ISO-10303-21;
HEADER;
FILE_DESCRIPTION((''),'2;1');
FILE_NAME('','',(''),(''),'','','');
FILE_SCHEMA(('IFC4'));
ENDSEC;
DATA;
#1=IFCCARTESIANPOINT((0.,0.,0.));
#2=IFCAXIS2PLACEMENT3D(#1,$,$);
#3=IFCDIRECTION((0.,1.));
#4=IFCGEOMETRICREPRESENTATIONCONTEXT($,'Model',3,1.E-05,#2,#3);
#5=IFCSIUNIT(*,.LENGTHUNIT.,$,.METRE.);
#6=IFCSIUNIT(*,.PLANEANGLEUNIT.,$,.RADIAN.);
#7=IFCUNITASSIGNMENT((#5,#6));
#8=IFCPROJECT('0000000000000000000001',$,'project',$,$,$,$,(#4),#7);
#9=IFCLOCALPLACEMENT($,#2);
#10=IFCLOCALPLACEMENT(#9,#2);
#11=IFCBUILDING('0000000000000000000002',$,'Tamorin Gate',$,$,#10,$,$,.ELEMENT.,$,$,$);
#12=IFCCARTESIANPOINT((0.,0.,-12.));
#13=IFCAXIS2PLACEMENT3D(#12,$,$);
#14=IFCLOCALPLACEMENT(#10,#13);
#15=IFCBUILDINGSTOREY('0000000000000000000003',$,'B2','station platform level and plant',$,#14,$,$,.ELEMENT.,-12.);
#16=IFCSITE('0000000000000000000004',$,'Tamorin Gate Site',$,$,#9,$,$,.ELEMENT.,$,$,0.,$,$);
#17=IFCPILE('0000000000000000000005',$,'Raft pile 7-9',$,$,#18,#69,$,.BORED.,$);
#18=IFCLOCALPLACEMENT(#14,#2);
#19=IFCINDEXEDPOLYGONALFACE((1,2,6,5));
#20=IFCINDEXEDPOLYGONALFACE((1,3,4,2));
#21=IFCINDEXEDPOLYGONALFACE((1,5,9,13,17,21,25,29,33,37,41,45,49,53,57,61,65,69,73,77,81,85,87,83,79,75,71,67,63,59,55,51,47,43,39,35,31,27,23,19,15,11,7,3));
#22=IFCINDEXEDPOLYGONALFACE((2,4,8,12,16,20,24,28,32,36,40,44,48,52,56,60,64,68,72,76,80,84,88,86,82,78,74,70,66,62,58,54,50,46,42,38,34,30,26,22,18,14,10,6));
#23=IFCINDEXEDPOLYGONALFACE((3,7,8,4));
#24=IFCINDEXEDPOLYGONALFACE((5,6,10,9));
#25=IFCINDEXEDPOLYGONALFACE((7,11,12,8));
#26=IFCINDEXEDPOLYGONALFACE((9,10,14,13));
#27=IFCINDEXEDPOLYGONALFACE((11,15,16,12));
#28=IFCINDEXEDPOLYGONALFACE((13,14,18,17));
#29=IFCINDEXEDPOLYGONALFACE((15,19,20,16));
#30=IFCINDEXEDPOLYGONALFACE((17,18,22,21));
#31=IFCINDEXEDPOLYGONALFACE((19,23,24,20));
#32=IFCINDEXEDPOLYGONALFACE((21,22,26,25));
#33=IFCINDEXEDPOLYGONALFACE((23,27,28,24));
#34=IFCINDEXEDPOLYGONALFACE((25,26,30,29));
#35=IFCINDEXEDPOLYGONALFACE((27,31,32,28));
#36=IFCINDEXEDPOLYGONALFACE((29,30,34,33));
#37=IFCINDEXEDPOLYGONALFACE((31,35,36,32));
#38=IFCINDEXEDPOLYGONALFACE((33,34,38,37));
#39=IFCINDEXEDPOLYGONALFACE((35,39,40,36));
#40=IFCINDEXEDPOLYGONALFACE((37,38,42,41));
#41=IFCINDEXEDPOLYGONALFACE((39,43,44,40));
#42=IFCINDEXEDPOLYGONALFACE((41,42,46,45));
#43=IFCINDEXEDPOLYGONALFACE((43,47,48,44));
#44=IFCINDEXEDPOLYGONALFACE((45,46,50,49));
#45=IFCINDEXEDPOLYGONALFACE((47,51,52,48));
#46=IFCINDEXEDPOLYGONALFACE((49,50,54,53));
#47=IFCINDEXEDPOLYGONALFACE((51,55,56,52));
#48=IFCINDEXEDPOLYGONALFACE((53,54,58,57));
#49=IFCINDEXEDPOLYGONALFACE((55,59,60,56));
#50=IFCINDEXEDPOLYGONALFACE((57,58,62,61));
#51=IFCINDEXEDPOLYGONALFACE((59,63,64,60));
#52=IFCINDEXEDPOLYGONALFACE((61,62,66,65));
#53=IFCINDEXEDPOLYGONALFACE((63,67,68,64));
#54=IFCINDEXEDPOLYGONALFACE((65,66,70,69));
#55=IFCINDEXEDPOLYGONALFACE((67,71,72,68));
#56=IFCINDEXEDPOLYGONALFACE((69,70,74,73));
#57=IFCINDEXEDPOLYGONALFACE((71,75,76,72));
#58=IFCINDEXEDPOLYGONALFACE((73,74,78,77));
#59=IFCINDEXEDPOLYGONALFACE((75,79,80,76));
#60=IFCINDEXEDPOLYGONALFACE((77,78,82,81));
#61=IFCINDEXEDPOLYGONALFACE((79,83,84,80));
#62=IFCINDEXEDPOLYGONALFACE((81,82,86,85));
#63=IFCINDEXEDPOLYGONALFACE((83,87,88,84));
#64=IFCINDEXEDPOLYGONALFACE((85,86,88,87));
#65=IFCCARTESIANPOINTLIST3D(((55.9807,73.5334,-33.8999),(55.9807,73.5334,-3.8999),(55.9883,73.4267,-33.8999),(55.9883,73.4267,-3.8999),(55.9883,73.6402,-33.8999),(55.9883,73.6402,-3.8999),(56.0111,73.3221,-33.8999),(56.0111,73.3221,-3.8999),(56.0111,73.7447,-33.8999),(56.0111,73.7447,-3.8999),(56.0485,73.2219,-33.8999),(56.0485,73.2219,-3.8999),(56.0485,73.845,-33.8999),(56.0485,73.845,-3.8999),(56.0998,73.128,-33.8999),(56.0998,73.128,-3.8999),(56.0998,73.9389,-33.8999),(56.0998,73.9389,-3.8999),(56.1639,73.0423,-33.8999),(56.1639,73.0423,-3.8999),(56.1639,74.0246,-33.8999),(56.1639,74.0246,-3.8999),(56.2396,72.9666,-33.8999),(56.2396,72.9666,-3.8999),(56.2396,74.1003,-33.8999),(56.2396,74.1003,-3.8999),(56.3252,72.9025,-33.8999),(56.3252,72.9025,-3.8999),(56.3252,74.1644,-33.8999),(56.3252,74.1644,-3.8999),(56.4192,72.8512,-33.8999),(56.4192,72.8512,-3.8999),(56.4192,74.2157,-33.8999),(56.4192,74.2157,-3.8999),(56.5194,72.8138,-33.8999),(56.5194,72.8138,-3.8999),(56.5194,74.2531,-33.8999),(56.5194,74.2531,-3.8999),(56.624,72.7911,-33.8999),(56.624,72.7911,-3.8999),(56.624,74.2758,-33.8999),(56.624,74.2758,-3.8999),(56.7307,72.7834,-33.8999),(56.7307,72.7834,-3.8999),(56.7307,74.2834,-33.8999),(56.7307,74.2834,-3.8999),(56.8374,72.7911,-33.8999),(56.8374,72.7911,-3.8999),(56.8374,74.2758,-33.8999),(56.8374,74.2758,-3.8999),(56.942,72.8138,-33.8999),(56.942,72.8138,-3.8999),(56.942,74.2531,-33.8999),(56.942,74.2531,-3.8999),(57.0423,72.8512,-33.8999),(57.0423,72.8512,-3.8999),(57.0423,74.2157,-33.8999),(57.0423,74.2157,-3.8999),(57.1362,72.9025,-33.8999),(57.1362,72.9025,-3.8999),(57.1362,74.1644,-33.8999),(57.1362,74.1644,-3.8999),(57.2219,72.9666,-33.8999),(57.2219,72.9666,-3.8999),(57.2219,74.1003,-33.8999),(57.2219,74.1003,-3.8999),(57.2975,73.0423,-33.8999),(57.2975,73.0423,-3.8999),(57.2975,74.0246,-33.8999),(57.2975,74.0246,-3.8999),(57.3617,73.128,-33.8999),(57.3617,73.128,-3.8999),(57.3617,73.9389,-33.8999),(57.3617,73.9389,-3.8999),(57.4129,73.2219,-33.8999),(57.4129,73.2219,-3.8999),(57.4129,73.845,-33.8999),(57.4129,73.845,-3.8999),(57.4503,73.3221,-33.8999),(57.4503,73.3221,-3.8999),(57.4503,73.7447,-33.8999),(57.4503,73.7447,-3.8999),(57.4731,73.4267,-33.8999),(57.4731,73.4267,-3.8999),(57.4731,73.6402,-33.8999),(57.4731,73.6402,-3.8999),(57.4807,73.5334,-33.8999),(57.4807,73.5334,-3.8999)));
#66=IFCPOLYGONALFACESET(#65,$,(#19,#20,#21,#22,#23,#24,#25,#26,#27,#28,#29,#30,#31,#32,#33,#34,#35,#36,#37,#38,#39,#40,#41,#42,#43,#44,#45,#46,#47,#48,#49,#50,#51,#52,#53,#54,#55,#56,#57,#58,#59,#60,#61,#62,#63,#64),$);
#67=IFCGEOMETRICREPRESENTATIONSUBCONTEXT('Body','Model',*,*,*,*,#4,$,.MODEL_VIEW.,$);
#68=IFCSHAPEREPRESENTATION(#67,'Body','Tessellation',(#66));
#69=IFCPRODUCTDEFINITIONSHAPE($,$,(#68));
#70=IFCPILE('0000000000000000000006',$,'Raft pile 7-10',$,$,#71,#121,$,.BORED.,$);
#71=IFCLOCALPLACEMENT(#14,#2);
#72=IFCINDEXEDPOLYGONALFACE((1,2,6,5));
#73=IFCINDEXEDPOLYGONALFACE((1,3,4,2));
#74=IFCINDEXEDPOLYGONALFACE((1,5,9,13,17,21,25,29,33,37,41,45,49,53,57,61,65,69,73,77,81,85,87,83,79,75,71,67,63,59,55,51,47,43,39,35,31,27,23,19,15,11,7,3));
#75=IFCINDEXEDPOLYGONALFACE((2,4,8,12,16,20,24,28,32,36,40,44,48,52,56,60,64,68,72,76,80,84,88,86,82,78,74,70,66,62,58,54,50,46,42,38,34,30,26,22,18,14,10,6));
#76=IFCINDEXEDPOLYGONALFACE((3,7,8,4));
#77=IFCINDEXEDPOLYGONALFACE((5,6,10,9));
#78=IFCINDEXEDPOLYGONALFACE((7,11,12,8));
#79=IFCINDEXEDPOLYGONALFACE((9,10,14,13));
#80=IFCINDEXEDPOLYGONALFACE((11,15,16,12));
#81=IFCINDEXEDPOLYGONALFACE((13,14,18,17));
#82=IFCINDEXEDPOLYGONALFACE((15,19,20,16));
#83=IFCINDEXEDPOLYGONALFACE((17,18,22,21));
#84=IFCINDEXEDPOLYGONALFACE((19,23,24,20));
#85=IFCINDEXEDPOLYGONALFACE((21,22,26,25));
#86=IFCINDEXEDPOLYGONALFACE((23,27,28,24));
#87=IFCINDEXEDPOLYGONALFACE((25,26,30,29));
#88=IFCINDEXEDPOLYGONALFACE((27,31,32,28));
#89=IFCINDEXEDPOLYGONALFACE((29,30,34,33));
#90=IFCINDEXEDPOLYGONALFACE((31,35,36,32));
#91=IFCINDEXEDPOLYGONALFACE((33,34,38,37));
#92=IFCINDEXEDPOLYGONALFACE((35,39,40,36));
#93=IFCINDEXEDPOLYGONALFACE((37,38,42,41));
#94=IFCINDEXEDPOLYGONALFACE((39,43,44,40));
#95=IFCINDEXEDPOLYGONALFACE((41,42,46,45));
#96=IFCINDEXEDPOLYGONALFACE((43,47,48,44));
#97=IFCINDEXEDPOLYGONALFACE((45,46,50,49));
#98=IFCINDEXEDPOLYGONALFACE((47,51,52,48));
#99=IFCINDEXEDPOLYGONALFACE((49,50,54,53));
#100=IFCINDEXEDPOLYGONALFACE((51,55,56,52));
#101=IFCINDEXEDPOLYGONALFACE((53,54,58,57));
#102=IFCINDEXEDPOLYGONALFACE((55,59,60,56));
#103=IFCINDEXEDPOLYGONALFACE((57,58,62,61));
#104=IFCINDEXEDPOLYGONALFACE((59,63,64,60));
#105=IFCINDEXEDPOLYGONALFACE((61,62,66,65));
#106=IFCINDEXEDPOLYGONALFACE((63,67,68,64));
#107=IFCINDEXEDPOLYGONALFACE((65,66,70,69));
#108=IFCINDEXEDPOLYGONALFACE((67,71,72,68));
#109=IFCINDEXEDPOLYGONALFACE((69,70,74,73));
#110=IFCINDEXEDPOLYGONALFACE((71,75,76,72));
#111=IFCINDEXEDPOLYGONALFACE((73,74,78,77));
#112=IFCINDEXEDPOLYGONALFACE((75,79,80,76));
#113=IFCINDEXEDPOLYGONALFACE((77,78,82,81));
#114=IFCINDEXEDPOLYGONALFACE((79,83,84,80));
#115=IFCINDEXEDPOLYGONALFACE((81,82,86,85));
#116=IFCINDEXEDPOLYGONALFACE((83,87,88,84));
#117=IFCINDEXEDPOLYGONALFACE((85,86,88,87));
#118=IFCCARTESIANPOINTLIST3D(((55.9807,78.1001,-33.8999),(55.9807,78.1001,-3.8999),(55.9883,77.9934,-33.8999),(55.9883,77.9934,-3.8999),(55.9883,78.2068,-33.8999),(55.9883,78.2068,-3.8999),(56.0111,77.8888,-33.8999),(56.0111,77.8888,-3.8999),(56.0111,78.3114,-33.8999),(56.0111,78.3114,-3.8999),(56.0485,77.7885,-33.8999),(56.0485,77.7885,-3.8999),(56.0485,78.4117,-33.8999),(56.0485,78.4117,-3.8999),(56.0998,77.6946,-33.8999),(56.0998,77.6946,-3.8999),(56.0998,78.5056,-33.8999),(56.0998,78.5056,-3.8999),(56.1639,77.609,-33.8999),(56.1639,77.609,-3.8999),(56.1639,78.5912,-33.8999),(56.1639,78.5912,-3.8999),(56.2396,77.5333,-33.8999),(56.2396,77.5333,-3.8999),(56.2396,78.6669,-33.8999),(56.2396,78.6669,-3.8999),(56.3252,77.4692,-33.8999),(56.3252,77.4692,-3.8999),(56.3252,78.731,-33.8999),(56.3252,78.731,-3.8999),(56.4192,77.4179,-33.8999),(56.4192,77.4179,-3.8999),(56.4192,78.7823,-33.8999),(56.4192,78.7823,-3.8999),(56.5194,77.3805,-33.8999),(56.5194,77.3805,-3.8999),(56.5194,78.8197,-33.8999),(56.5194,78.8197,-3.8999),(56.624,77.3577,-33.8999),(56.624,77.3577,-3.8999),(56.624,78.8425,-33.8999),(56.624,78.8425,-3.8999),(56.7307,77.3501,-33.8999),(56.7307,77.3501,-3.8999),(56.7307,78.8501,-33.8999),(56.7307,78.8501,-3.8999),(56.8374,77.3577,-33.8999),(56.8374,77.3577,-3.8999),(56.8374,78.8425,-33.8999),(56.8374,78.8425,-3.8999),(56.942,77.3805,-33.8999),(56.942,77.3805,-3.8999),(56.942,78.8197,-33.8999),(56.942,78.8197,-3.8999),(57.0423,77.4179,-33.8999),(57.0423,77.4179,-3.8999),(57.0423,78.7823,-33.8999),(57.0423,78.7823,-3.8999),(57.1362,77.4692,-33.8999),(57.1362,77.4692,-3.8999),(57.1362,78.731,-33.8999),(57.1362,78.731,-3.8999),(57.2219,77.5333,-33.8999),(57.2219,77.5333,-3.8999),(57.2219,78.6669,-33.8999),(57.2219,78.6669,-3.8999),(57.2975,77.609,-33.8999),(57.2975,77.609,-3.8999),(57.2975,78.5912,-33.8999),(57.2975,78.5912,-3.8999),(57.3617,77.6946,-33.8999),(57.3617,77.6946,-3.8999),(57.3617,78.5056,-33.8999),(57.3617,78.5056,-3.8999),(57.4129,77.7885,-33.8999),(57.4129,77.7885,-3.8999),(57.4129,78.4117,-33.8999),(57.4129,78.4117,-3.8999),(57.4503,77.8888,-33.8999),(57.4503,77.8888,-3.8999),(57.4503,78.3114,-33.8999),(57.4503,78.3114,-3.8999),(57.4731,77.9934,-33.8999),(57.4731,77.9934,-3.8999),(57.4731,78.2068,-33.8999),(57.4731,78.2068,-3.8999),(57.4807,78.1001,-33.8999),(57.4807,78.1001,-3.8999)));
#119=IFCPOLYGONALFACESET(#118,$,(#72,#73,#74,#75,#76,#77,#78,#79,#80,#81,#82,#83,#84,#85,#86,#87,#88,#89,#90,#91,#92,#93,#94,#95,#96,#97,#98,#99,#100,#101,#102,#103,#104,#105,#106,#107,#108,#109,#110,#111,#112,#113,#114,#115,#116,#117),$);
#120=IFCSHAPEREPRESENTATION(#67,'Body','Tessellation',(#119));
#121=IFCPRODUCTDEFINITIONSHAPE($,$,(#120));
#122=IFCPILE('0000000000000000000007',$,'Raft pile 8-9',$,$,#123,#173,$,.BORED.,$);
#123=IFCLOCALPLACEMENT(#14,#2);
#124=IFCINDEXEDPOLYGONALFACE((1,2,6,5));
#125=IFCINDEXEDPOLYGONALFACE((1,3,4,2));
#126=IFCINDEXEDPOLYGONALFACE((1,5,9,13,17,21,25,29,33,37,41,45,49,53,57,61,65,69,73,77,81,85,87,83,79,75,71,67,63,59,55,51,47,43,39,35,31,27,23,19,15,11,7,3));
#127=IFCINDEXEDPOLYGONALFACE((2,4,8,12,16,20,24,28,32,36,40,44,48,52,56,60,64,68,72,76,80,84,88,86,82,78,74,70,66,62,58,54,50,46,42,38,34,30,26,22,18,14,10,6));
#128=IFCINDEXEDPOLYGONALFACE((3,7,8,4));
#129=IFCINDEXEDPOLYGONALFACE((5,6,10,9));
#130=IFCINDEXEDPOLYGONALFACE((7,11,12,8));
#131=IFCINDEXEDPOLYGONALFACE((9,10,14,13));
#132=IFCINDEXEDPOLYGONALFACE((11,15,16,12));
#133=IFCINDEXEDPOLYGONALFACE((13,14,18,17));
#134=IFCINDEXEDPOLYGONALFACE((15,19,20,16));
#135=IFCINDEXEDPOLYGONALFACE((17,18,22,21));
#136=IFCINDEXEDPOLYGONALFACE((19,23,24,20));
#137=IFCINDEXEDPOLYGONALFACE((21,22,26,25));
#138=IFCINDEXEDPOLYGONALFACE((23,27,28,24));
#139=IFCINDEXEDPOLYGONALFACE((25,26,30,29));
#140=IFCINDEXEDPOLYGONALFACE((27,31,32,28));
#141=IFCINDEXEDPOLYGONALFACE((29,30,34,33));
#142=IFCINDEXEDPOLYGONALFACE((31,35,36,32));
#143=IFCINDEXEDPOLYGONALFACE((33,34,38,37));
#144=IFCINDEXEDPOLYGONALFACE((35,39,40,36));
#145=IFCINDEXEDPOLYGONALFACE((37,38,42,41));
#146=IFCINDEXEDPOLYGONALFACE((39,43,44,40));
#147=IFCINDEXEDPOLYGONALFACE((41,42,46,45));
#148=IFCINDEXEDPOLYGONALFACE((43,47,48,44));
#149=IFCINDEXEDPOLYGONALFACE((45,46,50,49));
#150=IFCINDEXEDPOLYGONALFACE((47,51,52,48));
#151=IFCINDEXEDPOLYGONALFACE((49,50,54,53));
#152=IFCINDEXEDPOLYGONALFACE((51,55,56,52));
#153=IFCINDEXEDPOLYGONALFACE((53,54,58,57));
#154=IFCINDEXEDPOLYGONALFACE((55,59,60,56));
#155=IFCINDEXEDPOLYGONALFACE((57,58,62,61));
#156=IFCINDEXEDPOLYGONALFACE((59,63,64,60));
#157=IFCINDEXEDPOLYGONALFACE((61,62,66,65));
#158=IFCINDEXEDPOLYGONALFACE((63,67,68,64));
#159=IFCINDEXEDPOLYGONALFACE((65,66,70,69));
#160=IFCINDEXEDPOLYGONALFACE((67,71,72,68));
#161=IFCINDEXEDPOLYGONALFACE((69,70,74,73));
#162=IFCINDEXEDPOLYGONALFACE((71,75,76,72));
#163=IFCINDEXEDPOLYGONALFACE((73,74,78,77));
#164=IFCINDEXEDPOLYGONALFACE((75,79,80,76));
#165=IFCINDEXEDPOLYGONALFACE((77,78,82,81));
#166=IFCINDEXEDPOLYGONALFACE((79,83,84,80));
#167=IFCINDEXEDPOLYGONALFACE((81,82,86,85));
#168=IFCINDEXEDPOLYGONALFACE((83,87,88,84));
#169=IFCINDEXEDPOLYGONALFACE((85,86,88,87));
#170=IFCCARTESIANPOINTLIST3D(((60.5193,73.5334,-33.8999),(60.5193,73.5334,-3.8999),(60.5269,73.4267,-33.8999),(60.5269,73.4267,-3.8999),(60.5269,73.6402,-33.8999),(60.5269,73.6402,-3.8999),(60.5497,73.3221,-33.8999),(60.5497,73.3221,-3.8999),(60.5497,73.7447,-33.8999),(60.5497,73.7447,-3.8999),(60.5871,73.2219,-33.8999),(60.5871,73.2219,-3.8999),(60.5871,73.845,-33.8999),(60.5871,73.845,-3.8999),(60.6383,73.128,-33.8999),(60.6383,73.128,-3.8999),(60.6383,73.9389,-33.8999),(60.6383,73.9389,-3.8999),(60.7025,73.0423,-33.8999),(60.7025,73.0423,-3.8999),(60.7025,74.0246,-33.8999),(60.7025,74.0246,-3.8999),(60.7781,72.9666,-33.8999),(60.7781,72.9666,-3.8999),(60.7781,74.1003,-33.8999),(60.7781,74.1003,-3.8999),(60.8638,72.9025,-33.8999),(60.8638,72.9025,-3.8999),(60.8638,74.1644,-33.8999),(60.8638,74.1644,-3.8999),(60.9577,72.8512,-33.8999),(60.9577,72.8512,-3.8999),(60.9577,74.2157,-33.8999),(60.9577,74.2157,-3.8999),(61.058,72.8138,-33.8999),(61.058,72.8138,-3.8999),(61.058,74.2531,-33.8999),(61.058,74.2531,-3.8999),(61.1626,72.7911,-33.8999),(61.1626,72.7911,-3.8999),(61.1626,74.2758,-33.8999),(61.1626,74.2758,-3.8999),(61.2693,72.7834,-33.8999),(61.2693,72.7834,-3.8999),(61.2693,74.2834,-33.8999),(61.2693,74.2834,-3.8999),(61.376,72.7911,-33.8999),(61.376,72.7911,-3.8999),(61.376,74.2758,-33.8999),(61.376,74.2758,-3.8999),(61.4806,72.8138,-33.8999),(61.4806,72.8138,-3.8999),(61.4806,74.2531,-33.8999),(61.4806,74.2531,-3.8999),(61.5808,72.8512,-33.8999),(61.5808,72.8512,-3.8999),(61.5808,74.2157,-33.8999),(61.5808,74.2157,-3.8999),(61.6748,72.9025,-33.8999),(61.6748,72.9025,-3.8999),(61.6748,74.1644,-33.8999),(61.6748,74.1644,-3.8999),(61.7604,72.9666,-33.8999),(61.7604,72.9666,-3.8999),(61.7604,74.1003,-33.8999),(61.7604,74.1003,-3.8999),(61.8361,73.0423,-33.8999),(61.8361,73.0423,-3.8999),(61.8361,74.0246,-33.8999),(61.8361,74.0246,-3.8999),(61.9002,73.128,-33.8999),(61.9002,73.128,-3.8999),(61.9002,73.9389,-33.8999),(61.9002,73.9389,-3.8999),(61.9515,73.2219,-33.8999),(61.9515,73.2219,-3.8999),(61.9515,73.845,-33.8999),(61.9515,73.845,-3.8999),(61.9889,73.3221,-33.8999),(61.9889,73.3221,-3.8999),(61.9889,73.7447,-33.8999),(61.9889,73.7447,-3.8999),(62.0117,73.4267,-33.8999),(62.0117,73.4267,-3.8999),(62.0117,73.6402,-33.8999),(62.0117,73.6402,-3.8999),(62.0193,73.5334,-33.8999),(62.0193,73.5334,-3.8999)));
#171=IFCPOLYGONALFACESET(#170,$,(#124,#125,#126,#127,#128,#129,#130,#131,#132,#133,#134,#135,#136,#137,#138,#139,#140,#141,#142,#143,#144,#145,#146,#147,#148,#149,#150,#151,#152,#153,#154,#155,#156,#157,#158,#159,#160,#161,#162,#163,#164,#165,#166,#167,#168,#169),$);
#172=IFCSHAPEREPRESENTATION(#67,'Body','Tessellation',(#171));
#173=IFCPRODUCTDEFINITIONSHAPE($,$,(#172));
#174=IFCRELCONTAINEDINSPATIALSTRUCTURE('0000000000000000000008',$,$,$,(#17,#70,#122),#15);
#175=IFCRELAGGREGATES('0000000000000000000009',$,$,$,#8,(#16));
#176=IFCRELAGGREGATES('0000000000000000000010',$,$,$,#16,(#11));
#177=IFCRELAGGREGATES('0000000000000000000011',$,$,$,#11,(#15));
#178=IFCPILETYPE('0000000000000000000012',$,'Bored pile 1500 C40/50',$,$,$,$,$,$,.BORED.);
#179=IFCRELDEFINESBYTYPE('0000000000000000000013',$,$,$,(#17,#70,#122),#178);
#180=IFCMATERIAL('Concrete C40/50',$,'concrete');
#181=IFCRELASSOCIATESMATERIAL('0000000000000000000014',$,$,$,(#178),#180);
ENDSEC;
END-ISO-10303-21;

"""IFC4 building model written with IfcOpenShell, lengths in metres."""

from ifc_helpers import new_model, si_unit, direction, frame, origin, origin_2d, place, context, subcontext, project, spatial, circle, extrude, material, material_profile, profile_set, type_object, element, save


model = new_model("IFC4")

# Units and contexts
model_context = context("Model", 3, precision=1e-05, world=origin(), true_north=direction((0.0, 1.0)))
body_context = subcontext(model_context, "Body", "Model", "MODEL_VIEW")
ifc_project = project(units=[si_unit("LENGTHUNIT", "METRE"), si_unit("PLANEANGLEUNIT", "RADIAN")], contexts=[model_context])

# Site, building, storey
site_placement = place(None, origin())
site = spatial("IfcSite", under=ifc_project, at=site_placement, Name="Tamorin Gate Site", CompositionType="ELEMENT", RefElevation=0.0)
building_placement = place(site_placement, origin())
building = spatial("IfcBuilding", under=site, at=building_placement, Name="Tamorin Gate", CompositionType="ELEMENT")
storey_placement = place(building_placement, frame((0.0, 0.0, -12.0)))
storey = spatial("IfcBuildingStorey", under=building, at=storey_placement, Name="B2", Description="station platform level and plant", CompositionType="ELEMENT", Elevation=-12.0)

# Piles
ifc_material_1 = material(Name="Concrete C40/50", Category="concrete")
ifc_material_profile_1 = material_profile(ifc_material_1, circle(Radius=0.75, at=origin_2d()))
ifc_profile_set_1 = profile_set([ifc_material_profile_1], Name="Concrete C40/50")
pile_type = type_object("IfcPileType", Name="Bored pile 1500 C40/50", PredefinedType="BORED", material=ifc_profile_set_1)
for number, where, z_axis, x_axis, name in (
    (1, (56.7307, 73.5334, -3.8999), (0.0, 0.0, -1.0), (1.0, 0.0, 0.0), "Raft pile 7-9"),
    (2, (56.7307, 78.1001, -3.8999), (0.0, 0.0, -1.0), (1.0, 0.0, 0.0), "Raft pile 7-10"),
    (3, (61.2693, 73.5334, -3.8999), (0.0, 0.0, -1.0), (1.0, 0.0, 0.0), "Raft pile 8-9"),
):
    element("IfcPile", number, at=place(storey_placement, frame(where, z_axis=z_axis, x_axis=x_axis)), inside=storey, type_object=pile_type, Name=name, PredefinedType="BORED", context=body_context, shape_type="SweptSolid", body=[
        extrude(circle(Radius=0.75, at=origin_2d()), origin(), (0.0, 0.0, 1.0), 30.0),
    ])

save(model, "model.ifc")
